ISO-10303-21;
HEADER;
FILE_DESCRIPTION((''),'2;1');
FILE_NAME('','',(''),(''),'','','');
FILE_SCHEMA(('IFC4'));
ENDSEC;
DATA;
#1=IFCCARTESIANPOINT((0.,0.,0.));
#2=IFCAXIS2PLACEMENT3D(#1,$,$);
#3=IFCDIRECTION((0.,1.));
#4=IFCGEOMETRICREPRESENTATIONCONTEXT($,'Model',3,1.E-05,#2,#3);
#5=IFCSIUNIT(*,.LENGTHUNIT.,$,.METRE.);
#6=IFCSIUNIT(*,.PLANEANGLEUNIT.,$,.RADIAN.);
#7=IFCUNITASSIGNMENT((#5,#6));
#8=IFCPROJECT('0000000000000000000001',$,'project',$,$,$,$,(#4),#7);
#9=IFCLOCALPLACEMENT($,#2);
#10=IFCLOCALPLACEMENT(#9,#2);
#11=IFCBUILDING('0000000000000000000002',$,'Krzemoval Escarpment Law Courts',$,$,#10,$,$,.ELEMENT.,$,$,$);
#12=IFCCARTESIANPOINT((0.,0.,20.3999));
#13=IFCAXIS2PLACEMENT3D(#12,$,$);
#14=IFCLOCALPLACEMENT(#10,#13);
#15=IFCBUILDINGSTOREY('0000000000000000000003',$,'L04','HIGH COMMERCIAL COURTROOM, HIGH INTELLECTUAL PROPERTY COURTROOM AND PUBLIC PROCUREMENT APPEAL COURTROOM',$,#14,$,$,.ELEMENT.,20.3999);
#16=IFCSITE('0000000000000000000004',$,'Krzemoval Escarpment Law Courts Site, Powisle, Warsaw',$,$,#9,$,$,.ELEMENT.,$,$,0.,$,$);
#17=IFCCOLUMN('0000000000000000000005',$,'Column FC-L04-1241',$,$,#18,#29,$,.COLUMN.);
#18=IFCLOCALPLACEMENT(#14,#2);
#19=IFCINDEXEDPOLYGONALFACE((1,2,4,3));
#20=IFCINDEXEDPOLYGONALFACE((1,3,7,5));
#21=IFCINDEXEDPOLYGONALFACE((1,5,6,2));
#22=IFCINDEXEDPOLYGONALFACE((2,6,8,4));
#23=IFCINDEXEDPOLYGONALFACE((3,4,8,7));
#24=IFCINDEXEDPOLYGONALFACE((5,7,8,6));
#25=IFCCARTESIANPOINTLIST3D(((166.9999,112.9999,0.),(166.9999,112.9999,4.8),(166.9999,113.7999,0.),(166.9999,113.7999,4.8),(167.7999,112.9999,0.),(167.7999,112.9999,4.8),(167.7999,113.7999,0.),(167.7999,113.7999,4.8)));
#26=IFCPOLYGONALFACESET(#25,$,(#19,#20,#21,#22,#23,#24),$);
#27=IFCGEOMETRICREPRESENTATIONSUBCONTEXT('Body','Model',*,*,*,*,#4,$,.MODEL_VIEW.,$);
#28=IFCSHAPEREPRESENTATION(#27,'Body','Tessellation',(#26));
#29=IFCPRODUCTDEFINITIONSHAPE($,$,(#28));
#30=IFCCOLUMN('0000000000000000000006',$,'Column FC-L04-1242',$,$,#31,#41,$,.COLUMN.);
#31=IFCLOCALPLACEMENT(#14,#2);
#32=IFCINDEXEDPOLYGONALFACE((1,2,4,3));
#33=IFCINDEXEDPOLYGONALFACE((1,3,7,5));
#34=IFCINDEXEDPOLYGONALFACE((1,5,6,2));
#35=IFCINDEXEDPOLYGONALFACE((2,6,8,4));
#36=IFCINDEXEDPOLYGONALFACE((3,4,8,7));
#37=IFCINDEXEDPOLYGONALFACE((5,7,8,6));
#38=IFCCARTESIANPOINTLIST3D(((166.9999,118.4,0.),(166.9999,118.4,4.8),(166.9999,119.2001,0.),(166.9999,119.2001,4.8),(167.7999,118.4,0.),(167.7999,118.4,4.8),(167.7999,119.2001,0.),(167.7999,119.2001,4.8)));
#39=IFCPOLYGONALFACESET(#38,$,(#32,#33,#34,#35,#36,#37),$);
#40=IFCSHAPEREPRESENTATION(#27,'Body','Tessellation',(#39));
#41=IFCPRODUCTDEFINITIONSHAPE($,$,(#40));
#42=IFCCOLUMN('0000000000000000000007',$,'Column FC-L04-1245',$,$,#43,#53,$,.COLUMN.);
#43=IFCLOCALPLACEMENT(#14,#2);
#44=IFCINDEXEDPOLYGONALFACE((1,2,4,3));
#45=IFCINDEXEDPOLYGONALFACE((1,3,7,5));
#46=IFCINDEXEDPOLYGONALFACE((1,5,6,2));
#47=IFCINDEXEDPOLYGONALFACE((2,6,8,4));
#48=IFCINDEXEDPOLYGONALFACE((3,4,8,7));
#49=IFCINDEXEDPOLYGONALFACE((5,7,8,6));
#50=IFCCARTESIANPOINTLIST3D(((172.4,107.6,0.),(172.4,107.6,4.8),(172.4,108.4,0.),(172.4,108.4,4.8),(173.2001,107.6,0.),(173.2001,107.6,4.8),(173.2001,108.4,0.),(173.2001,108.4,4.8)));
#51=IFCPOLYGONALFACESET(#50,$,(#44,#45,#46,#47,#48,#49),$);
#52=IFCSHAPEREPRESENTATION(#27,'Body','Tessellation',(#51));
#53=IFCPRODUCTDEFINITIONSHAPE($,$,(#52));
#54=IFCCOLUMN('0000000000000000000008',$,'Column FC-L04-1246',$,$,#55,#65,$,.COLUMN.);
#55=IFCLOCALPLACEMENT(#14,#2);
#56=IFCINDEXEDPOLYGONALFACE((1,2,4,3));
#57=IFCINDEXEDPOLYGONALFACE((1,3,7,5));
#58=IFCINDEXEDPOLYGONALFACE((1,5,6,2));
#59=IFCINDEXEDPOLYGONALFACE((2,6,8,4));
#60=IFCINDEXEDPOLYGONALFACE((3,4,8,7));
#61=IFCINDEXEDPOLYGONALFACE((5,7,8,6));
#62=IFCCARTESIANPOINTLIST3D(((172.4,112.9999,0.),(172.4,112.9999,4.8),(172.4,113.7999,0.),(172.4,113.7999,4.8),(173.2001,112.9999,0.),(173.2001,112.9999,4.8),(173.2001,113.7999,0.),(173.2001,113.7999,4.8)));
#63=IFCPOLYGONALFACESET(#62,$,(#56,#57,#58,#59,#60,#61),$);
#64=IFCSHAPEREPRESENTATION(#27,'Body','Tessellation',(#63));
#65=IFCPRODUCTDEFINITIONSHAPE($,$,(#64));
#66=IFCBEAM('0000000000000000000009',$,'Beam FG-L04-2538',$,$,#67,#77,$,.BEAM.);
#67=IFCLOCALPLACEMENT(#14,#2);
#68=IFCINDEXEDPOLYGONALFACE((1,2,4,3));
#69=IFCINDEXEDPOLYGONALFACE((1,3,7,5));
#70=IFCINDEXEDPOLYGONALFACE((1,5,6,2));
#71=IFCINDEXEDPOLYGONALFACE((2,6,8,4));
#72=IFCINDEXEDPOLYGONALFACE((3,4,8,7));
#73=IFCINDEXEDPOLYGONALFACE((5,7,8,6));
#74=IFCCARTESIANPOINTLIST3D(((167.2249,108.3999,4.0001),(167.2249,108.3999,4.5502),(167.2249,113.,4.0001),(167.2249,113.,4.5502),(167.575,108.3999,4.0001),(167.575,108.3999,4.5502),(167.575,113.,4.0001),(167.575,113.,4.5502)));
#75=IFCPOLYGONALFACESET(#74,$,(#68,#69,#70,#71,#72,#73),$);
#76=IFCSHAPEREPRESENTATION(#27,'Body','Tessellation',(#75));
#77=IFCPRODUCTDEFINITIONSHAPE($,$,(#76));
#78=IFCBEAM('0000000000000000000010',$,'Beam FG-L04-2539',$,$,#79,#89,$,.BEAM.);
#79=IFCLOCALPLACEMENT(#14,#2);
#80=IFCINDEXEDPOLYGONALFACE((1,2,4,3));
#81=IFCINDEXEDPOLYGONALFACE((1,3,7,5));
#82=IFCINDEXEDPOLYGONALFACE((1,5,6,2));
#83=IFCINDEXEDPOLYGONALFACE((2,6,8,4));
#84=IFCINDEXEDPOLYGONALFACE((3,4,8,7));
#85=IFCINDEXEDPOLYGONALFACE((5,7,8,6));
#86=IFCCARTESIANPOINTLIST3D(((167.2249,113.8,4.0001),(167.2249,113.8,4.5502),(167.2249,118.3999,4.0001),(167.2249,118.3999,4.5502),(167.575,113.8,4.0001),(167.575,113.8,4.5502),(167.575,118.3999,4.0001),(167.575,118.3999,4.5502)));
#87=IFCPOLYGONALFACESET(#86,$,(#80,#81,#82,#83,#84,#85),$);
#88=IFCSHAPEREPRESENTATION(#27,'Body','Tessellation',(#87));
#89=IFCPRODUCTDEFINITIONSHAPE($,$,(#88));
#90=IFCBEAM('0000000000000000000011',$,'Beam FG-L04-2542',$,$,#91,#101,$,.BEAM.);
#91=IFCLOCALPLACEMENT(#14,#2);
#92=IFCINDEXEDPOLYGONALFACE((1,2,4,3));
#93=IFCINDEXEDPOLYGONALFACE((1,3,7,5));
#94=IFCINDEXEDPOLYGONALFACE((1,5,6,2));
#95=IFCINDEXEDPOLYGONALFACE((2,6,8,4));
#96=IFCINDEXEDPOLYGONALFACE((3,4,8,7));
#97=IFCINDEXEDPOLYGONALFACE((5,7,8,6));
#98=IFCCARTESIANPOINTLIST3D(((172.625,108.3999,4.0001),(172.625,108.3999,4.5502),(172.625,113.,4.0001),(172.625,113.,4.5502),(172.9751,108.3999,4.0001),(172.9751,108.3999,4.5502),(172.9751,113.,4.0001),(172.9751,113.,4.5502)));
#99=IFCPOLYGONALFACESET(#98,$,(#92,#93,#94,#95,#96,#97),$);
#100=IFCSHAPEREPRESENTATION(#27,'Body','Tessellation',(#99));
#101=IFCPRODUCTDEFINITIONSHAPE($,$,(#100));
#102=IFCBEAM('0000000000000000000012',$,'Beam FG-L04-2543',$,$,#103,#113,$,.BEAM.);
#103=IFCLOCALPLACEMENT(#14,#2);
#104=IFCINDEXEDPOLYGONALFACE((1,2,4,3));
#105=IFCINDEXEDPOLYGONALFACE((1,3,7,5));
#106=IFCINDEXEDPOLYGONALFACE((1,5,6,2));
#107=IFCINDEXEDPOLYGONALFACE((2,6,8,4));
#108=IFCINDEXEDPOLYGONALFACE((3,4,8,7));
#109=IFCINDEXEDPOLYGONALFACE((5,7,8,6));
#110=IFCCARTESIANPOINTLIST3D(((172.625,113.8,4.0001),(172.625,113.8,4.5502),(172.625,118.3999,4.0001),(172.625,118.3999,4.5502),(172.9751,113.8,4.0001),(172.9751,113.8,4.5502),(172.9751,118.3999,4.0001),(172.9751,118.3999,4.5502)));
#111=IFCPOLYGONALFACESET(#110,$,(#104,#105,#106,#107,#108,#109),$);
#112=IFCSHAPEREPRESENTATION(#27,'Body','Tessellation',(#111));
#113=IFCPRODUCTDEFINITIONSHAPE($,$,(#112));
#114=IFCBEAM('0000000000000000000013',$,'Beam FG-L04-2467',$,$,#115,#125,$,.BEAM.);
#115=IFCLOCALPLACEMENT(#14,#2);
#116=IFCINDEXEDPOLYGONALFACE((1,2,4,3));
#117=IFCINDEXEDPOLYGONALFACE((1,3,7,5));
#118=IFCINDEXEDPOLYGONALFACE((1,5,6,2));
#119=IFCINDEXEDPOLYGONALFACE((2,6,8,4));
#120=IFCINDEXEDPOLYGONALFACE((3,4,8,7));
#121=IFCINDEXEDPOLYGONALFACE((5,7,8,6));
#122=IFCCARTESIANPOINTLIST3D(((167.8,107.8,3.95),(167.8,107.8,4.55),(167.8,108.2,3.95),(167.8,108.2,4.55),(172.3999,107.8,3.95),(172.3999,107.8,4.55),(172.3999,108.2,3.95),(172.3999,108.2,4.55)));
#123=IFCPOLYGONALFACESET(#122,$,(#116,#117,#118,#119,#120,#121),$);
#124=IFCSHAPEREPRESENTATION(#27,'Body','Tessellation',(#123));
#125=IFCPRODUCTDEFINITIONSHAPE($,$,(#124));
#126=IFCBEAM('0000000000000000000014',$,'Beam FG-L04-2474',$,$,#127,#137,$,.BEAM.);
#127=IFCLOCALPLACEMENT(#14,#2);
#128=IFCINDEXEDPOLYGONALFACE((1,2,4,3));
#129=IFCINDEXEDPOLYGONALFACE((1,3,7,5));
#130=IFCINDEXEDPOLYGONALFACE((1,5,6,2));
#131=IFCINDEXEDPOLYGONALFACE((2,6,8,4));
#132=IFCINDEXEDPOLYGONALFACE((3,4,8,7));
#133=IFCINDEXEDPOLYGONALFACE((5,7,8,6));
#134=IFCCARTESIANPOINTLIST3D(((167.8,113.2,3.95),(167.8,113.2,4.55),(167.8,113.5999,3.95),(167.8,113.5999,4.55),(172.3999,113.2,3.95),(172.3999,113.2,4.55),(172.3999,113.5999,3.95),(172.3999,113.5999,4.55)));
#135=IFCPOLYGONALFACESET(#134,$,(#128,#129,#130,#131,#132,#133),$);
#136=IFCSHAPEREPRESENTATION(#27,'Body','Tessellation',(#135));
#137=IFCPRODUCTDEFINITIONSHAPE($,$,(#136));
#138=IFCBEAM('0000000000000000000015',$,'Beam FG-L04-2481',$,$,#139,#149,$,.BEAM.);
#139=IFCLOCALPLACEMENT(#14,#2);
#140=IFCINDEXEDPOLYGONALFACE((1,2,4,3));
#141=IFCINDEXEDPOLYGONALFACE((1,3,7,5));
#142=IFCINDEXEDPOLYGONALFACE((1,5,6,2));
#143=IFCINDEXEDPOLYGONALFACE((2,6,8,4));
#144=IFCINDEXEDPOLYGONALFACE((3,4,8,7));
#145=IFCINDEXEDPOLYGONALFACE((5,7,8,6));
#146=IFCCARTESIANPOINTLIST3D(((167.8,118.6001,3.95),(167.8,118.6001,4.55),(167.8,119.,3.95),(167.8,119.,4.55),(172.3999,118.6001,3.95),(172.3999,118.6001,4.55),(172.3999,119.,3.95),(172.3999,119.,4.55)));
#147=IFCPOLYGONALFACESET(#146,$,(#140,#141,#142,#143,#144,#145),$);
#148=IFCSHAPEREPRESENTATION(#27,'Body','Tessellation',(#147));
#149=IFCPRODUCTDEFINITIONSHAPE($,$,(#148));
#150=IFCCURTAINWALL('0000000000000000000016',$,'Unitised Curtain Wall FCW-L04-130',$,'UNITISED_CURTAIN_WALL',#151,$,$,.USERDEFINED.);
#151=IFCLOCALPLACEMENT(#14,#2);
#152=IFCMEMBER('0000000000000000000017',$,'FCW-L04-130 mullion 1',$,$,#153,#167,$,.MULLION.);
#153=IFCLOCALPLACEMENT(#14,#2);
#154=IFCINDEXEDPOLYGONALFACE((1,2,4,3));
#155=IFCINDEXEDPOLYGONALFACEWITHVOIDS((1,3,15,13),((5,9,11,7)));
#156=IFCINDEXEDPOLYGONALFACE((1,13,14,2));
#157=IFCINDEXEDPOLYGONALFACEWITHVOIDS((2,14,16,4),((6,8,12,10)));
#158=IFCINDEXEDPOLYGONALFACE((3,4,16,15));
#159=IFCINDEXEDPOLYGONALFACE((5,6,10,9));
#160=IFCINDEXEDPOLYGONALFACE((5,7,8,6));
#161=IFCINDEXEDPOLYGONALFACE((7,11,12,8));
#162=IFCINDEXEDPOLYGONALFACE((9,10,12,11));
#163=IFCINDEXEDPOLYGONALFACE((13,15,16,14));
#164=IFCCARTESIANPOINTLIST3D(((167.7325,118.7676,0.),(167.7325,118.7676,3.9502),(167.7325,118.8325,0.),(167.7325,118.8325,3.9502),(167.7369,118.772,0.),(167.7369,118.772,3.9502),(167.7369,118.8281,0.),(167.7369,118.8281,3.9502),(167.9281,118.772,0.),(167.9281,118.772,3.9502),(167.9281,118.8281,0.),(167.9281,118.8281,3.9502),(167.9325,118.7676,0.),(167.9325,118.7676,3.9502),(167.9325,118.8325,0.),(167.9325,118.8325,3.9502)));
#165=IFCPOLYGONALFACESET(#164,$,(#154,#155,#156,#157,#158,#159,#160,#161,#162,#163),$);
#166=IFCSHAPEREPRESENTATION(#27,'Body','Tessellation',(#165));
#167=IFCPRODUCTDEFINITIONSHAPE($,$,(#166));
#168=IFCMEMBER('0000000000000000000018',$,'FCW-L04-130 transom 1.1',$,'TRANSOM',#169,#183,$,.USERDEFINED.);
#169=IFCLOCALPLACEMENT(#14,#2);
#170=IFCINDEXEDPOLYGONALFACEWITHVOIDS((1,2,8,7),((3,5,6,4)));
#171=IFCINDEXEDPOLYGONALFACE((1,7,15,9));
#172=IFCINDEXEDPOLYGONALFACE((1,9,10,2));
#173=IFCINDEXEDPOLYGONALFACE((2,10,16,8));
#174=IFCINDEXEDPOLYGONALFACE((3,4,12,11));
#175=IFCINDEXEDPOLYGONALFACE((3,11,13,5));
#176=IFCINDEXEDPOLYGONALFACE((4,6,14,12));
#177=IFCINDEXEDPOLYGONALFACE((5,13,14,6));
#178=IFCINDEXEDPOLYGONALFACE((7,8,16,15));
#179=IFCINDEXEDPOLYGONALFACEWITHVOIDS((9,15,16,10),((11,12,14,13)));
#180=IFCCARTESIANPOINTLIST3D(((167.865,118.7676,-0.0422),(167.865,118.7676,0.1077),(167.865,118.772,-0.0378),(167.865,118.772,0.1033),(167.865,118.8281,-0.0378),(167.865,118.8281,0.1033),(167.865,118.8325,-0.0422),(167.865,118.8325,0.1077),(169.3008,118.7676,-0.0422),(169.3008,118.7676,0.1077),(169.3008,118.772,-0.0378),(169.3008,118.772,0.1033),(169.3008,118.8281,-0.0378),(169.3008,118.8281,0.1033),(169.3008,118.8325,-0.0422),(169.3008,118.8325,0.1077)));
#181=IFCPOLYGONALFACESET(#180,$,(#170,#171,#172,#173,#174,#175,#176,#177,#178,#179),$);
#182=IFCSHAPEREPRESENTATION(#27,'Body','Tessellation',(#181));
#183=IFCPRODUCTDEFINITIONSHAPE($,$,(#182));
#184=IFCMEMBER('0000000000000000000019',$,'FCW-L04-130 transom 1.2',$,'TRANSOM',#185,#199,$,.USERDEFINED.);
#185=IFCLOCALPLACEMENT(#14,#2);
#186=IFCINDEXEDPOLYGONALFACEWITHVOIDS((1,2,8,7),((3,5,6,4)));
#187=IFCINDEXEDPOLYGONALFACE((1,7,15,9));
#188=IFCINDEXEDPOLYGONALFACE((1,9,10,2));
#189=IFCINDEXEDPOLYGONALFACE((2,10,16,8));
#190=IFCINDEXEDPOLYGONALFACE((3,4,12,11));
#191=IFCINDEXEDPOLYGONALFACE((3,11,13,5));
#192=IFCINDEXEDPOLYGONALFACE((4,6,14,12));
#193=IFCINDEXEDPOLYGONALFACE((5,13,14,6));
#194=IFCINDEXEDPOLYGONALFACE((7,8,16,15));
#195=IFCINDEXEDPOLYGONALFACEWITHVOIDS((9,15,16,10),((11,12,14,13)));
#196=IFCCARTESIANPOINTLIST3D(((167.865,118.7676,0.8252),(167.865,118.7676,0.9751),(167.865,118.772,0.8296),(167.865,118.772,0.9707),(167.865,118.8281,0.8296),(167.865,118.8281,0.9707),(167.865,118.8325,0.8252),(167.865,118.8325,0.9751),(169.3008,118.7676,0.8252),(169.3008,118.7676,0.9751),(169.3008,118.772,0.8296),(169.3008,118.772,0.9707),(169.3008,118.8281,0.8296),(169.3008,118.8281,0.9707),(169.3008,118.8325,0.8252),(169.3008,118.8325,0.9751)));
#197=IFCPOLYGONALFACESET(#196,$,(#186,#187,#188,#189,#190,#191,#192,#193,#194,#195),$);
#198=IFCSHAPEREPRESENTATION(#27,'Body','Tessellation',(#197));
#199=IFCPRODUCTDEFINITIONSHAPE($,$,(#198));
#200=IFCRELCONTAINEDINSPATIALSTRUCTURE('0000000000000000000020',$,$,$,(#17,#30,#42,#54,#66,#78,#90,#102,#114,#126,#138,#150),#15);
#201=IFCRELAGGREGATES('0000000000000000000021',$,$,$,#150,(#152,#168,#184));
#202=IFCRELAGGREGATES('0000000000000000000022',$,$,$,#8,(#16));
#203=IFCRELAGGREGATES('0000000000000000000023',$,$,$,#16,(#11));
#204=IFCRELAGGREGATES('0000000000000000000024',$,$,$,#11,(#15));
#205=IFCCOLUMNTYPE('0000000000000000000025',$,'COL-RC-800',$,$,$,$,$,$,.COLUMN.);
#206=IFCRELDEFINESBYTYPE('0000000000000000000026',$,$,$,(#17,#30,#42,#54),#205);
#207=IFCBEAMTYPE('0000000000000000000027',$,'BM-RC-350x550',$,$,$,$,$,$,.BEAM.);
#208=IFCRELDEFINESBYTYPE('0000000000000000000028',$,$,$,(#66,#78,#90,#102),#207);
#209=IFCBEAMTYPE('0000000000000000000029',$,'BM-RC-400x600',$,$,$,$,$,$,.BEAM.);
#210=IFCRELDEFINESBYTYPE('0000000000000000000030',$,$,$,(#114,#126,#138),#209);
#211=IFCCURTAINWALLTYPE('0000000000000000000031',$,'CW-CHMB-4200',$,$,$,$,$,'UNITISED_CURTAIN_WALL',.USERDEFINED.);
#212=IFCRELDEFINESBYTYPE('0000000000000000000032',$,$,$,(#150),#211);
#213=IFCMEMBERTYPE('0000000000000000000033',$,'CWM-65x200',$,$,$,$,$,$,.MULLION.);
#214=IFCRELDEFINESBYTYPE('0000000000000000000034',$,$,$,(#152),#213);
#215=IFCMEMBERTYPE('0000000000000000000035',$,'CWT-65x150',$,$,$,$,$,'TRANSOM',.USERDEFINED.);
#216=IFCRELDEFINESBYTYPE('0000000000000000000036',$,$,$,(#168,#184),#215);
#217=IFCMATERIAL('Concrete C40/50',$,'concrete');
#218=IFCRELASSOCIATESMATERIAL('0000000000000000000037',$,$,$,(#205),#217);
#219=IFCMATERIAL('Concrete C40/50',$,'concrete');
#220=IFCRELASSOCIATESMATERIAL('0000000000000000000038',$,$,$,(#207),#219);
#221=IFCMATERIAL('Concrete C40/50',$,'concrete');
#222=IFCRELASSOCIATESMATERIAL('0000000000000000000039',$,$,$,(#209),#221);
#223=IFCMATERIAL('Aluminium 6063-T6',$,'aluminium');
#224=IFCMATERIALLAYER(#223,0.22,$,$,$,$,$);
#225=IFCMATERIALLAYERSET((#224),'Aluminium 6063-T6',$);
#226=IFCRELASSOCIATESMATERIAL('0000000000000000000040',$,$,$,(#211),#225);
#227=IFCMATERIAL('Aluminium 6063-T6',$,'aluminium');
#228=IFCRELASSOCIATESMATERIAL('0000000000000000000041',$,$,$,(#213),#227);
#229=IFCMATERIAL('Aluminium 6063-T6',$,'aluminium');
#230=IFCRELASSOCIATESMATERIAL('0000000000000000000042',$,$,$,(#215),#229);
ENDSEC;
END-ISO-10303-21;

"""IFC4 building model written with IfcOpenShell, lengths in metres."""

from ifc_helpers import new_model, si_unit, direction, frame, origin, origin_2d, place, context, subcontext, project, spatial, rectangle, hollow_rectangle, extrude, material, layer, layer_set, material_profile, profile_set, type_object, element, aggregate, save


model = new_model("IFC4")

# Units and contexts
model_context = context("Model", 3, precision=1e-05, world=origin(), true_north=direction((0.0, 1.0)))
body_context = subcontext(model_context, "Body", "Model", "MODEL_VIEW")
ifc_project = project(units=[si_unit("LENGTHUNIT", "METRE"), si_unit("PLANEANGLEUNIT", "RADIAN")], contexts=[model_context])

# Site, building, storey
site_placement = place(None, origin())
site = spatial("IfcSite", under=ifc_project, at=site_placement, Name="Krzemoval Escarpment Law Courts Site, Powisle, Warsaw", CompositionType="ELEMENT", RefElevation=0.0)
building_placement = place(site_placement, origin())
building = spatial("IfcBuilding", under=site, at=building_placement, Name="Krzemoval Escarpment Law Courts", CompositionType="ELEMENT")
storey_placement = place(building_placement, frame((0.0, 0.0, 20.3999)))
storey = spatial("IfcBuildingStorey", under=building, at=storey_placement, Name="L04", Description="HIGH COMMERCIAL COURTROOM, HIGH INTELLECTUAL PROPERTY COURTROOM AND PUBLIC PROCUREMENT APPEAL COURTROOM", CompositionType="ELEMENT", Elevation=20.3999)

# Columns
ifc_material_1 = material(Name="Concrete C40/50", Category="concrete")
ifc_material_profile_1 = material_profile(ifc_material_1, rectangle(XDim=0.8, YDim=0.8, at=origin_2d()), Name="RC 800x800")
ifc_profile_set_1 = profile_set([ifc_material_profile_1], Name="Concrete C40/50")
column_type = type_object("IfcColumnType", Name="COL-RC-800", PredefinedType="COLUMN", material=ifc_profile_set_1)
for number, where, z_axis, x_axis, name in (
    (1, (167.3999, 113.3999, 0.0), (0.0, 0.0, 1.0), (1.0, 0.0, 0.0), "Column FC-L04-1241"),
    (2, (167.3999, 118.8, 0.0), (0.0, 0.0, 1.0), (1.0, 0.0, 0.0), "Column FC-L04-1242"),
    (3, (172.8, 108.0, 0.0), (0.0, 0.0, 1.0), (1.0, 0.0, 0.0), "Column FC-L04-1245"),
    (4, (172.8, 113.3999, 0.0), (0.0, 0.0, 1.0), (1.0, 0.0, 0.0), "Column FC-L04-1246"),
):
    element("IfcColumn", number, at=place(storey_placement, frame(where, z_axis=z_axis, x_axis=x_axis)), inside=storey, type_object=column_type, Name=name, PredefinedType="COLUMN", context=body_context, shape_type="SweptSolid", body=[
        extrude(rectangle(XDim=0.8, YDim=0.8, at=origin_2d()), origin(), (0.0, 0.0, 1.0), 4.8),
    ])

# Beams
ifc_material_2 = material(Name="Concrete C40/50", Category="concrete")
ifc_material_profile_2 = material_profile(ifc_material_2, rectangle(XDim=0.3501, YDim=0.55, at=origin_2d()), Name="RCB 350x550")
ifc_profile_set_2 = profile_set([ifc_material_profile_2], Name="Concrete C40/50")
beam_type_1 = type_object("IfcBeamType", Name="BM-RC-350x550", PredefinedType="BEAM", material=ifc_profile_set_2)
beam_1_placement = place(storey_placement, frame((167.3999, 108.3999, 4.2751), z_axis=(0.0, 1.0, 0.0), x_axis=(-1.0, 0.0, 0.0)))
element("IfcBeam", 5, at=beam_1_placement, inside=storey, type_object=beam_type_1, Name="Beam FG-L04-2538", PredefinedType="BEAM", context=body_context, shape_type="SweptSolid", body=[
    extrude(rectangle(XDim=0.3501, YDim=0.55, at=origin_2d()), origin(), (0.0, 0.0, 1.0), 4.6001),
])
beam_2_placement = place(storey_placement, frame((167.3999, 113.8, 4.2751), z_axis=(0.0, 1.0, 0.0), x_axis=(-1.0, 0.0, 0.0)))
element("IfcBeam", 6, at=beam_2_placement, inside=storey, type_object=beam_type_1, Name="Beam FG-L04-2539", PredefinedType="BEAM", context=body_context, shape_type="SweptSolid", body=[
    extrude(rectangle(XDim=0.3501, YDim=0.55, at=origin_2d()), origin(), (0.0, 0.0, 1.0), 4.5999),
])
beam_3_placement = place(storey_placement, frame((172.8, 108.3999, 4.2751), z_axis=(0.0, 1.0, 0.0), x_axis=(-1.0, 0.0, 0.0)))
element("IfcBeam", 7, at=beam_3_placement, inside=storey, type_object=beam_type_1, Name="Beam FG-L04-2542", PredefinedType="BEAM", context=body_context, shape_type="SweptSolid", body=[
    extrude(rectangle(XDim=0.3501, YDim=0.55, at=origin_2d()), origin(), (0.0, 0.0, 1.0), 4.6001),
])
beam_4_placement = place(storey_placement, frame((172.8, 113.8, 4.2751), z_axis=(0.0, 1.0, 0.0), x_axis=(-1.0, 0.0, 0.0)))
element("IfcBeam", 8, at=beam_4_placement, inside=storey, type_object=beam_type_1, Name="Beam FG-L04-2543", PredefinedType="BEAM", context=body_context, shape_type="SweptSolid", body=[
    extrude(rectangle(XDim=0.3501, YDim=0.55, at=origin_2d()), origin(), (0.0, 0.0, 1.0), 4.5999),
])
ifc_material_3 = material(Name="Concrete C40/50", Category="concrete")
ifc_material_profile_3 = material_profile(ifc_material_3, rectangle(XDim=0.3999, YDim=0.6001, at=origin_2d()), Name="RCB 400x600")
ifc_profile_set_3 = profile_set([ifc_material_profile_3], Name="Concrete C40/50")
beam_type_2 = type_object("IfcBeamType", Name="BM-RC-400x600", PredefinedType="BEAM", material=ifc_profile_set_3)
for number, where, z_axis, x_axis, name in (
    (9, (167.8, 108.0, 4.25), (1.0, 0.0, 0.0), (0.0, 1.0, 0.0), "Beam FG-L04-2467"),
    (10, (167.8, 113.3999, 4.25), (1.0, 0.0, 0.0), (0.0, 1.0, 0.0), "Beam FG-L04-2474"),
    (11, (167.8, 118.8, 4.25), (1.0, 0.0, 0.0), (0.0, 1.0, 0.0), "Beam FG-L04-2481"),
):
    element("IfcBeam", number, at=place(storey_placement, frame(where, z_axis=z_axis, x_axis=x_axis)), inside=storey, type_object=beam_type_2, Name=name, PredefinedType="BEAM", context=body_context, shape_type="SweptSolid", body=[
        extrude(rectangle(XDim=0.3999, YDim=0.6001, at=origin_2d()), origin(), (0.0, 0.0, 1.0), 4.5999),
    ])

# Curtain wall, members
ifc_material_4 = material(Name="Aluminium 6063-T6", Category="aluminium")
ifc_layer_1 = layer(ifc_material_4, 0.22)
ifc_layer_set_1 = layer_set([ifc_layer_1], Name="Aluminium 6063-T6")
curtain_wall_type = type_object("IfcCurtainWallType", Name="CW-CHMB-4200", ElementType="UNITISED_CURTAIN_WALL", PredefinedType="USERDEFINED", material=ifc_layer_set_1)
curtain_wall_placement = place(storey_placement, origin())
curtain_wall = element("IfcCurtainWall", 12, at=curtain_wall_placement, inside=storey, type_object=curtain_wall_type, Name="Unitised Curtain Wall FCW-L04-130", ObjectType="UNITISED_CURTAIN_WALL", PredefinedType="USERDEFINED")
ifc_material_5 = material(Name="Aluminium 6063-T6", Category="aluminium")
ifc_material_profile_4 = material_profile(ifc_material_5, hollow_rectangle(XDim=0.0649, YDim=0.2, WallThickness=0.0044, at=origin_2d()), Name="ALU M65x200")
ifc_profile_set_4 = profile_set([ifc_material_profile_4], Name="Aluminium 6063-T6")
member_type_1 = type_object("IfcMemberType", Name="CWM-65x200", PredefinedType="MULLION", material=ifc_profile_set_4)
member_1_placement = place(storey_placement, frame((167.8325, 118.8, 0.0), z_axis=(0.0, 0.0, 1.0), x_axis=(0.0, 1.0, 0.0)))
member_1 = element("IfcMember", 13, at=member_1_placement, type_object=member_type_1, Name="FCW-L04-130 mullion 1", PredefinedType="MULLION", context=body_context, shape_type="SweptSolid", body=[
    extrude(hollow_rectangle(XDim=0.0649, YDim=0.2, WallThickness=0.0044, at=origin_2d()), origin(), (0.0, 0.0, 1.0), 3.9502),
])
ifc_material_6 = material(Name="Aluminium 6063-T6", Category="aluminium")
ifc_material_profile_5 = material_profile(ifc_material_6, hollow_rectangle(XDim=0.0649, YDim=0.1499, WallThickness=0.0044, at=origin_2d()), Name="ALU T65x150")
ifc_profile_set_5 = profile_set([ifc_material_profile_5], Name="Aluminium 6063-T6")
member_type_2 = type_object("IfcMemberType", Name="CWT-65x150", ElementType="TRANSOM", PredefinedType="USERDEFINED", material=ifc_profile_set_5)
member_2_placement = place(storey_placement, frame((167.865, 118.8, 0.0327), z_axis=(1.0, 0.0, 0.0), x_axis=(0.0, 1.0, 0.0)))
member_2 = element("IfcMember", 14, at=member_2_placement, type_object=member_type_2, Name="FCW-L04-130 transom 1.1", ObjectType="TRANSOM", PredefinedType="USERDEFINED", context=body_context, shape_type="SweptSolid", body=[
    extrude(hollow_rectangle(XDim=0.0649, YDim=0.1499, WallThickness=0.0044, at=origin_2d()), origin(), (0.0, 0.0, 1.0), 1.4358),
])
member_3_placement = place(storey_placement, frame((167.865, 118.8, 0.9001), z_axis=(1.0, 0.0, 0.0), x_axis=(0.0, 1.0, 0.0)))
member_3 = element("IfcMember", 15, at=member_3_placement, type_object=member_type_2, Name="FCW-L04-130 transom 1.2", ObjectType="TRANSOM", PredefinedType="USERDEFINED", context=body_context, shape_type="SweptSolid", body=[
    extrude(hollow_rectangle(XDim=0.0649, YDim=0.1499, WallThickness=0.0044, at=origin_2d()), origin(), (0.0, 0.0, 1.0), 1.4358),
])
aggregate(curtain_wall, [member_1, member_2, member_3])

save(model, "model.ifc")
